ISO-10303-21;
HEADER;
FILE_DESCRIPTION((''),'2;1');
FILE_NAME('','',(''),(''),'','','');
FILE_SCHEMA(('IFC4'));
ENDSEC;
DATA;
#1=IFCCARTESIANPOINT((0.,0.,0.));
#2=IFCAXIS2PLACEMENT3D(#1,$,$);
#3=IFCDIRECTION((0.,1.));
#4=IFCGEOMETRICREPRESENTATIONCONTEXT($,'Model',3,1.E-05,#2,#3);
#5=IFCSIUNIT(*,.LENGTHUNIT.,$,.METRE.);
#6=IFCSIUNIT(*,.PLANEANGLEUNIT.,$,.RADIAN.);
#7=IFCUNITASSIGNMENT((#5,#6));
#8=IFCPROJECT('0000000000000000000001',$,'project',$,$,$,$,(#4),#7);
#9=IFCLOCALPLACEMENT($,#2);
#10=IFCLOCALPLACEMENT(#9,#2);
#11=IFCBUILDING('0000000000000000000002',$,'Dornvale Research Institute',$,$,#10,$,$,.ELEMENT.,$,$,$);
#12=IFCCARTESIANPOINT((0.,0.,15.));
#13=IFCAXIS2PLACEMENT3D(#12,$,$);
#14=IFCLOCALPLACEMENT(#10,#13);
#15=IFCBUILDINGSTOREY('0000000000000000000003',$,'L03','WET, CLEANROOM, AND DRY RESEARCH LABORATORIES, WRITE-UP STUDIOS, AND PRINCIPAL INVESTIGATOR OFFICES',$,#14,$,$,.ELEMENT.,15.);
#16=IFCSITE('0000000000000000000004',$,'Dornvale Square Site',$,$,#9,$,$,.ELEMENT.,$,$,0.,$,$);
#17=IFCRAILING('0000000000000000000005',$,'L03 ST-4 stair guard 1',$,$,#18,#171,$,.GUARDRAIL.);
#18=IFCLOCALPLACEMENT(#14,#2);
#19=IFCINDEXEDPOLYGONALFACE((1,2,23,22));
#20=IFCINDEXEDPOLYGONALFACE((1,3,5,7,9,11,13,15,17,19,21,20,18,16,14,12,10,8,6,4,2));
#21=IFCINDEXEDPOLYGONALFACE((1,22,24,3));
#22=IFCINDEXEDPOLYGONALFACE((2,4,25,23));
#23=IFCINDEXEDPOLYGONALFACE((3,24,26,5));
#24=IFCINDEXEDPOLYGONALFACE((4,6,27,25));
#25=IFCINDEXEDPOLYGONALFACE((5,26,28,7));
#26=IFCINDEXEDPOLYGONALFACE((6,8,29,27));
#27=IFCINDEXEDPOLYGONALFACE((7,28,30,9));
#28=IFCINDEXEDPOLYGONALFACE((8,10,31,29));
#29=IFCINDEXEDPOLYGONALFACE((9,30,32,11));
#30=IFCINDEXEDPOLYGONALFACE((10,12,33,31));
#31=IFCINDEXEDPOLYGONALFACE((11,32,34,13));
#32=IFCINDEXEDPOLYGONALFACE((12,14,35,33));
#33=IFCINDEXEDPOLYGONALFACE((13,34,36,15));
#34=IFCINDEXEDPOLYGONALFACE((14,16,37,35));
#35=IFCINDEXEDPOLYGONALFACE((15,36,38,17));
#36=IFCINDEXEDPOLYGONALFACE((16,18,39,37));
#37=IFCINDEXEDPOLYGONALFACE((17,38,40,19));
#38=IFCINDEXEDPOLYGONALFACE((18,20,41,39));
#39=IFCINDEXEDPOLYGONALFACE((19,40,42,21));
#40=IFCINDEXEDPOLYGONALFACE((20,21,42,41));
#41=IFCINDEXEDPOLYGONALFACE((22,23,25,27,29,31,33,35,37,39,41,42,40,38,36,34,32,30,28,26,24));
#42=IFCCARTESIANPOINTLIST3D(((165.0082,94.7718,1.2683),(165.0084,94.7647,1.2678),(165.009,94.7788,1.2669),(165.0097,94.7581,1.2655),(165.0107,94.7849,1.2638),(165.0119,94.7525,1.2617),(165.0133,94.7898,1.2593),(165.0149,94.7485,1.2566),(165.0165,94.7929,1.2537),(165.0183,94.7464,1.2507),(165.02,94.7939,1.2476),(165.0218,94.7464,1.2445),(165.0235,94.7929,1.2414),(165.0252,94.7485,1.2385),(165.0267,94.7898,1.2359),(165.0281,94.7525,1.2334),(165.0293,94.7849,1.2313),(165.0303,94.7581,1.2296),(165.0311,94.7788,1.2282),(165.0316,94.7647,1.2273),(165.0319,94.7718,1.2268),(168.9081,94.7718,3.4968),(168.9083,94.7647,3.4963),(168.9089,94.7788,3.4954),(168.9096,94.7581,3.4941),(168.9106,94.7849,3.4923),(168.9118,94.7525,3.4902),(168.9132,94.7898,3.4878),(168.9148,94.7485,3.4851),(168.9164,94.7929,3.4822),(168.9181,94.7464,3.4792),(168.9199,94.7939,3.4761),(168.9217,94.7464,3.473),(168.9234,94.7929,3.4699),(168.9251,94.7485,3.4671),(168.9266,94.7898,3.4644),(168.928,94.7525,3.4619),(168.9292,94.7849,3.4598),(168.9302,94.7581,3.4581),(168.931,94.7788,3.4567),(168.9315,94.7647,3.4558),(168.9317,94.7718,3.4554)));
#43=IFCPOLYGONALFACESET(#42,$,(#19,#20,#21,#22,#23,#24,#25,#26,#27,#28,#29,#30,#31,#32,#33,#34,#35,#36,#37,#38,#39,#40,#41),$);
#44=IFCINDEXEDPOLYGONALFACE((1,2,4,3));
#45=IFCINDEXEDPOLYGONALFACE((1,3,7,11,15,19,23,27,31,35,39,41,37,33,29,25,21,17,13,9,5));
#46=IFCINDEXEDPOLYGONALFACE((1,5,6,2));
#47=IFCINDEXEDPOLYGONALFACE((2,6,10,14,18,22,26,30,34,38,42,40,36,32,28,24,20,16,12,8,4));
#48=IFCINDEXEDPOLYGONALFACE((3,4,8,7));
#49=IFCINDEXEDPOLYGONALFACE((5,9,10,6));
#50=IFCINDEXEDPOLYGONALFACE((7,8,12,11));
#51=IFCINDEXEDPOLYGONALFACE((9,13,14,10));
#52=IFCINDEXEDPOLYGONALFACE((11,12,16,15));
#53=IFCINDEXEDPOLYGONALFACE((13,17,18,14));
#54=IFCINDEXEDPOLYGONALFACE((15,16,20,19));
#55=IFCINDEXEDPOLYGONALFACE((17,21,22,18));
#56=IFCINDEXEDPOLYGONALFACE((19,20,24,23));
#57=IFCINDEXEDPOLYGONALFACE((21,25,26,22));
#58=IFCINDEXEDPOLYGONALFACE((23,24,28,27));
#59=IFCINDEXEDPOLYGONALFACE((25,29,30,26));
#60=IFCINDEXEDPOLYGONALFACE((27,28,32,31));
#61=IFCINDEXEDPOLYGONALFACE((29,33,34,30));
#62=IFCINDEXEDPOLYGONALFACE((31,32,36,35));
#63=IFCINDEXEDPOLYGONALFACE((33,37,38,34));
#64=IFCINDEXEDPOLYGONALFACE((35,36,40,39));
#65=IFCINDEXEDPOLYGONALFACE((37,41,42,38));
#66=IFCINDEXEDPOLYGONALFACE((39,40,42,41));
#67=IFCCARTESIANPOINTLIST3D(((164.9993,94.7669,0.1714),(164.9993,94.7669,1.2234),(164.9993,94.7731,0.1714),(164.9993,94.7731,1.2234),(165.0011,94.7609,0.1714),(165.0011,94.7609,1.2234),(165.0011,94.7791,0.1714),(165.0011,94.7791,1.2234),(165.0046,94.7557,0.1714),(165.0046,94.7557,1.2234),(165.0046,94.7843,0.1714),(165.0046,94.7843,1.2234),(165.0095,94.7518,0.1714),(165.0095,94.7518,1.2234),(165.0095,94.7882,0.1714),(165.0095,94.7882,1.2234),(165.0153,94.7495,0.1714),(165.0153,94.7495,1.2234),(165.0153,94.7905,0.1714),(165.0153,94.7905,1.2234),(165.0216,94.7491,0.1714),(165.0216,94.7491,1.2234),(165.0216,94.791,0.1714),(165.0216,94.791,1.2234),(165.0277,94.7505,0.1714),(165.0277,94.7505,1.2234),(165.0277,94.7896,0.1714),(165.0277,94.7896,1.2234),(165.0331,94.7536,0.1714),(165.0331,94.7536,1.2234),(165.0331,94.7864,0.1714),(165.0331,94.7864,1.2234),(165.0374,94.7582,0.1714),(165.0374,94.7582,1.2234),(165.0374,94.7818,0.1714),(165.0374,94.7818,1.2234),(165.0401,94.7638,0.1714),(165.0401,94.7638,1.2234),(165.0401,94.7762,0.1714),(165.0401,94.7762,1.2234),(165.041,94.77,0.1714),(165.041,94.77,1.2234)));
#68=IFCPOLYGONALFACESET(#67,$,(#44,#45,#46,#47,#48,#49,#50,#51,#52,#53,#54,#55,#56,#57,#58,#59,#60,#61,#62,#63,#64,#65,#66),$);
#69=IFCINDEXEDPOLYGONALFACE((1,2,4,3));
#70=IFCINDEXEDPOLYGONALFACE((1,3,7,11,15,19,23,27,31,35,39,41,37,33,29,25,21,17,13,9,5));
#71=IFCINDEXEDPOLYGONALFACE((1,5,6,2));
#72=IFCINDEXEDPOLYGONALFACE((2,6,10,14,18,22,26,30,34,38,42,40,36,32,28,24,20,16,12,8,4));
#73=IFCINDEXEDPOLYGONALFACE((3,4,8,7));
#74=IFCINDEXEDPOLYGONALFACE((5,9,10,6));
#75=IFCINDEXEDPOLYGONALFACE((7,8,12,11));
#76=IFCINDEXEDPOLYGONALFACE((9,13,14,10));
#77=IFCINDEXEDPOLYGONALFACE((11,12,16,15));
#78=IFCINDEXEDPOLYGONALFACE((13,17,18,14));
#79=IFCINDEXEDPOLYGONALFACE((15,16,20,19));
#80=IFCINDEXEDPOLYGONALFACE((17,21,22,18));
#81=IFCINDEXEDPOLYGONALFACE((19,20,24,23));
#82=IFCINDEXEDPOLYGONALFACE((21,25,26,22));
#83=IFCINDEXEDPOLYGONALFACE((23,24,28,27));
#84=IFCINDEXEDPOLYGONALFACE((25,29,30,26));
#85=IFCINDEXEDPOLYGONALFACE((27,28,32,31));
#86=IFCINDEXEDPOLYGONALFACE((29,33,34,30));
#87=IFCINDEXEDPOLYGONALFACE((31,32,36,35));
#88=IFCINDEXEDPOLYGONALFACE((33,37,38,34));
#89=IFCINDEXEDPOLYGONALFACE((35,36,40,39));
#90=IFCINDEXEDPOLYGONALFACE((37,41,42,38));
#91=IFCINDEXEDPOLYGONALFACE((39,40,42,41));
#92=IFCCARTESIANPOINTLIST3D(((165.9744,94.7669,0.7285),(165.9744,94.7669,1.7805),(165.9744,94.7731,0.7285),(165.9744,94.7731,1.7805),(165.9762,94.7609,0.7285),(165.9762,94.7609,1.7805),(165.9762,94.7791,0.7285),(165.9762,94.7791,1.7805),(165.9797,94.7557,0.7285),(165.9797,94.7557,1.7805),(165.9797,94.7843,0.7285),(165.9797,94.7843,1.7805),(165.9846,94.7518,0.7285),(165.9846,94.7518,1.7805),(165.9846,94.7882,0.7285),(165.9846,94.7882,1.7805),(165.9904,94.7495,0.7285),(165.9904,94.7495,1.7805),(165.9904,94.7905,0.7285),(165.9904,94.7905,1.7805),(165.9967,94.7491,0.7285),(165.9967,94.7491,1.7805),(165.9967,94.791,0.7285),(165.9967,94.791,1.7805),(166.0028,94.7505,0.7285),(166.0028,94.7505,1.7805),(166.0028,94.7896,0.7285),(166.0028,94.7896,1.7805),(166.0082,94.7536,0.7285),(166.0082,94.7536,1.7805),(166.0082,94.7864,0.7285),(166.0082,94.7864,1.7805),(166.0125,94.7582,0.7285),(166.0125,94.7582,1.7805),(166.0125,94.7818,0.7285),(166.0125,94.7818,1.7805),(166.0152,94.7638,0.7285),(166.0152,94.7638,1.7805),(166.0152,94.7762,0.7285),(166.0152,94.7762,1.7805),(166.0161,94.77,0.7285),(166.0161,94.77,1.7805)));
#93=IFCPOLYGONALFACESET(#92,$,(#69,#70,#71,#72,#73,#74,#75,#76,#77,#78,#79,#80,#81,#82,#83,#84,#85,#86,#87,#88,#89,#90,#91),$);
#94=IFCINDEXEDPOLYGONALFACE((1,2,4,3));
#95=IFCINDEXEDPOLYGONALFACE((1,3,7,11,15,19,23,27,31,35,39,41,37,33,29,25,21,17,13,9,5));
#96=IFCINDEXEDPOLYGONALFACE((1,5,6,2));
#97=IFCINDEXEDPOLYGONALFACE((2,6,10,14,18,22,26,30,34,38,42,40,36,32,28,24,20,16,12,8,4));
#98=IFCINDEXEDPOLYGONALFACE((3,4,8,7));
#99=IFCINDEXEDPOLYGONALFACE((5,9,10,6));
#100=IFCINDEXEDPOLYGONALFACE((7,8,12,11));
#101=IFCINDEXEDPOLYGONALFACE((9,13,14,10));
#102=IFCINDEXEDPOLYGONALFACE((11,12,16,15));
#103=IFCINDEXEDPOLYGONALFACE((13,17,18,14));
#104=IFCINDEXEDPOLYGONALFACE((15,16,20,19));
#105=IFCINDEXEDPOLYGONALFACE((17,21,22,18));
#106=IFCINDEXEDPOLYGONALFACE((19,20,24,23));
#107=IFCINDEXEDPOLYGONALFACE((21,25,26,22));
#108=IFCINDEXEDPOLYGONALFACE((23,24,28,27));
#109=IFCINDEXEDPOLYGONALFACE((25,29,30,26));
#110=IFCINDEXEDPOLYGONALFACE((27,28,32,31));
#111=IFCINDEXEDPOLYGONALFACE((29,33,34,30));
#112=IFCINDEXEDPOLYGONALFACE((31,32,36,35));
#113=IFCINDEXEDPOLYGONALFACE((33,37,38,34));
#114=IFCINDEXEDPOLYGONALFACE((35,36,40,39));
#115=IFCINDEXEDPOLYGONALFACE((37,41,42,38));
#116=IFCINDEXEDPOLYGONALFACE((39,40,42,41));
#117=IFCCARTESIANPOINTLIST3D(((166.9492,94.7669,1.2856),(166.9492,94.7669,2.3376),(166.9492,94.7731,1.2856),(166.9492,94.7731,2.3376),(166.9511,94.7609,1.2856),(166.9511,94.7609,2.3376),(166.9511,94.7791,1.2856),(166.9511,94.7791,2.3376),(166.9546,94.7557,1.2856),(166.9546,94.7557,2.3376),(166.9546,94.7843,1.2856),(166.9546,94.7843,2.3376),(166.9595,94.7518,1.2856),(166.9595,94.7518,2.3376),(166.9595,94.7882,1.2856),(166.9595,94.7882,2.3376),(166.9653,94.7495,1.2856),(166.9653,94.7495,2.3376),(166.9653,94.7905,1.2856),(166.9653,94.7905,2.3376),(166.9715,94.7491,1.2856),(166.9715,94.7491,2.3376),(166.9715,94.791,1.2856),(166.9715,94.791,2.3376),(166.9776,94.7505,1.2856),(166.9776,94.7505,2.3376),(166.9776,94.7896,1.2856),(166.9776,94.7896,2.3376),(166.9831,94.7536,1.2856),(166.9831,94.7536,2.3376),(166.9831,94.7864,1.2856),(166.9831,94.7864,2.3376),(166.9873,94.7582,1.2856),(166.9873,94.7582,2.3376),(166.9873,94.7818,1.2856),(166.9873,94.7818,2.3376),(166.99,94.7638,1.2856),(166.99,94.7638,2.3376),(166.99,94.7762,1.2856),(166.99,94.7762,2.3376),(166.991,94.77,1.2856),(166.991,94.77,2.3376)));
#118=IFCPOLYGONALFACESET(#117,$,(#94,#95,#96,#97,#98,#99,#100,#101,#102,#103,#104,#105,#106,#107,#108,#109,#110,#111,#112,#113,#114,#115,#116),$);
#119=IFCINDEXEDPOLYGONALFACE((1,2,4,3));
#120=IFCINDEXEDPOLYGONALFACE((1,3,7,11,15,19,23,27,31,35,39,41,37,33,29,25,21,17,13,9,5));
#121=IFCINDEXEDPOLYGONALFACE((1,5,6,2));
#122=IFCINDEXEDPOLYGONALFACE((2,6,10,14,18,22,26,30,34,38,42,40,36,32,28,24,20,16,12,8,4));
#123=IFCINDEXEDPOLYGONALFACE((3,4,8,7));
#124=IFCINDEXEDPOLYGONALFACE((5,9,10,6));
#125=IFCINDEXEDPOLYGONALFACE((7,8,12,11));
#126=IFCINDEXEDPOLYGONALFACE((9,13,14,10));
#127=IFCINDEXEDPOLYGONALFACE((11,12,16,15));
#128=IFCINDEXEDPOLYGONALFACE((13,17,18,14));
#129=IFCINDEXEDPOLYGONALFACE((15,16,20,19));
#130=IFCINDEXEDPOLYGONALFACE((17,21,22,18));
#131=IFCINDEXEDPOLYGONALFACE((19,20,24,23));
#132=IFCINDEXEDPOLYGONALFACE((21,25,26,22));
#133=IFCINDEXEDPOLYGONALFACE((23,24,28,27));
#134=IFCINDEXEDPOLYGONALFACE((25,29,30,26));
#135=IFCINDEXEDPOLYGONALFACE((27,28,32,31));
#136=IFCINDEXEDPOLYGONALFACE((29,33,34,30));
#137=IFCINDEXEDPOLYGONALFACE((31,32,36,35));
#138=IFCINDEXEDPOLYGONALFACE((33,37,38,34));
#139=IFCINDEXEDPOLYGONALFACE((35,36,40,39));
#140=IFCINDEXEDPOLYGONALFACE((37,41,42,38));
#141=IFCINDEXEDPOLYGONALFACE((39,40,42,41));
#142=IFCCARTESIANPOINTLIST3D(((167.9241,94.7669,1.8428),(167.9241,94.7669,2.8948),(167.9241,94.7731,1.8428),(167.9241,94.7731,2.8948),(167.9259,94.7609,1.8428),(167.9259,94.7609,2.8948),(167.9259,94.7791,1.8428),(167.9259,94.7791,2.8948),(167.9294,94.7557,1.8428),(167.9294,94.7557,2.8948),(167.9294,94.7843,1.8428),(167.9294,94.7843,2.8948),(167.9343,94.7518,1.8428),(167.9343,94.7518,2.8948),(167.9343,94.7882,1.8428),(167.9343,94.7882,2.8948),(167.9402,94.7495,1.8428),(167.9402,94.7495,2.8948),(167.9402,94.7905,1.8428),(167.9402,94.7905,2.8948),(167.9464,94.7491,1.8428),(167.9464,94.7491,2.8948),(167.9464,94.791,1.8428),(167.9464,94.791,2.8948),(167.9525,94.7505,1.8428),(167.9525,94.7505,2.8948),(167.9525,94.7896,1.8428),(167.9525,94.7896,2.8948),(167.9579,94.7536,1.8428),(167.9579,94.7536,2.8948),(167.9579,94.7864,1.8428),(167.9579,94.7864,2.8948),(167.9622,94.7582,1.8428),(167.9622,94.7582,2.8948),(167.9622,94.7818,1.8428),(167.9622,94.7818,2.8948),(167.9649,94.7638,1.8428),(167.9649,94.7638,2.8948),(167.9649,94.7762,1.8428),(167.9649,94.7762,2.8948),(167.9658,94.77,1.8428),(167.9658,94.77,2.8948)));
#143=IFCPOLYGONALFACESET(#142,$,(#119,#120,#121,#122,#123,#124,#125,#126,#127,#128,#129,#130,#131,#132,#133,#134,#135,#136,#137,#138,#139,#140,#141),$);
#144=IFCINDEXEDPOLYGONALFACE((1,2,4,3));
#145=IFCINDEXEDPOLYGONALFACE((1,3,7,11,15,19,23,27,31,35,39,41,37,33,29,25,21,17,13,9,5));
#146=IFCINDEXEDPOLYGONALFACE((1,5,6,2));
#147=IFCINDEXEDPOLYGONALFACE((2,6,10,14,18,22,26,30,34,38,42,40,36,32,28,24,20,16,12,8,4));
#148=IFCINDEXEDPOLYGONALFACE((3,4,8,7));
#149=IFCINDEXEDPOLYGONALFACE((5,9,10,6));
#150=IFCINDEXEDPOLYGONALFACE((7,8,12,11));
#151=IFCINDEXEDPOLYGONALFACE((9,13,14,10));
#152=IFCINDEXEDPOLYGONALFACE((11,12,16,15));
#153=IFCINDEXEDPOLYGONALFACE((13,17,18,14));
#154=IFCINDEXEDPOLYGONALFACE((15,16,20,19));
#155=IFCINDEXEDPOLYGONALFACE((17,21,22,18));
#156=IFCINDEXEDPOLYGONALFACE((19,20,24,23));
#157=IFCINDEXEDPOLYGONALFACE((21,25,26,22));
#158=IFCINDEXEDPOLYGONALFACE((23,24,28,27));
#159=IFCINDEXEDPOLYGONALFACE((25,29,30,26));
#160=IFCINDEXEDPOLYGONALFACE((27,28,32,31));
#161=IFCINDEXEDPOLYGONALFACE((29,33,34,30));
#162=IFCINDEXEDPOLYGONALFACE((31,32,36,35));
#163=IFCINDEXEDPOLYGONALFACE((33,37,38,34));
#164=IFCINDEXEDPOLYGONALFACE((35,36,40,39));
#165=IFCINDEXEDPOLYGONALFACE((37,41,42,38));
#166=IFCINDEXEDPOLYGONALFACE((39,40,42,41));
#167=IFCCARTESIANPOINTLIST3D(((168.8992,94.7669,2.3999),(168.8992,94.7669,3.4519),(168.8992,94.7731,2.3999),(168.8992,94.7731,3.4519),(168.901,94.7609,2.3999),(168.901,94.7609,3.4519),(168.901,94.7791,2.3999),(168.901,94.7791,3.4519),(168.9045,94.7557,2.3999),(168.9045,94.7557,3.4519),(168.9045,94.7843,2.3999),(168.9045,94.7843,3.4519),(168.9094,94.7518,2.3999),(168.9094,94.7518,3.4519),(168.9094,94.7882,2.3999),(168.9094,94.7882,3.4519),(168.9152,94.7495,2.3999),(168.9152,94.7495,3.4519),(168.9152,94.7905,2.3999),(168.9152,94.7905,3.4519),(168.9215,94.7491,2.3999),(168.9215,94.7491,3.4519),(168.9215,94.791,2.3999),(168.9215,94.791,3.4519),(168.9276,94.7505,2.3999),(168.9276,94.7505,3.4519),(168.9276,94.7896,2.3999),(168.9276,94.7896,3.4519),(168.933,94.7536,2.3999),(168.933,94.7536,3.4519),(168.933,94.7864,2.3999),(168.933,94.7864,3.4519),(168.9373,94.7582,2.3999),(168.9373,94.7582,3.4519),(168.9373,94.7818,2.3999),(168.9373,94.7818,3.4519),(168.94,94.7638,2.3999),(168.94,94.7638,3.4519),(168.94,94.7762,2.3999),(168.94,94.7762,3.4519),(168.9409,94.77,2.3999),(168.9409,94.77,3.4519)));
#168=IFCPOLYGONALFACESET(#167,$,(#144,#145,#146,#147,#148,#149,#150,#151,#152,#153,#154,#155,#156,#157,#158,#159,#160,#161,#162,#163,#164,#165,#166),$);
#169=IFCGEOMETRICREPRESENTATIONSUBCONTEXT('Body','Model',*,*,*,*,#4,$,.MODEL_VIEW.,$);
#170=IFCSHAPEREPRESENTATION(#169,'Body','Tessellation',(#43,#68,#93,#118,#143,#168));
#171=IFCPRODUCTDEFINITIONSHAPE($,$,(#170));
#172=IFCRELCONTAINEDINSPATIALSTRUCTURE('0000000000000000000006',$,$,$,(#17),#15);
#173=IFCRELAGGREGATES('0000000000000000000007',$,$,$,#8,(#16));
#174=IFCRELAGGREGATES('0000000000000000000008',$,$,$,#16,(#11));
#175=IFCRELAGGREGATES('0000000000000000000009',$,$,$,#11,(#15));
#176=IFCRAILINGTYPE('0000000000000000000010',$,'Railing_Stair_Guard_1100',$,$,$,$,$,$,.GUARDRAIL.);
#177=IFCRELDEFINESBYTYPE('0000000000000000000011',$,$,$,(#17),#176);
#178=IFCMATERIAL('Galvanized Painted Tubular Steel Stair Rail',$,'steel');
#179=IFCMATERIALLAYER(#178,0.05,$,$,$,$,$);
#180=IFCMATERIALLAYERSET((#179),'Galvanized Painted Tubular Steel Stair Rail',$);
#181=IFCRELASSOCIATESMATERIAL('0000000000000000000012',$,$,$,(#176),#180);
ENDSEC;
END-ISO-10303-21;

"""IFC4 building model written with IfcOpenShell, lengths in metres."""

from ifc_helpers import new_model, si_unit, direction, frame, origin, origin_2d, place, context, subcontext, project, spatial, circle, extrude, material, layer, layer_set, type_object, element, save


model = new_model("IFC4")

# Units and contexts
model_context = context("Model", 3, precision=1e-05, world=origin(), true_north=direction((0.0, 1.0)))
body_context = subcontext(model_context, "Body", "Model", "MODEL_VIEW")
ifc_project = project(units=[si_unit("LENGTHUNIT", "METRE"), si_unit("PLANEANGLEUNIT", "RADIAN")], contexts=[model_context])

# Site, building, storey
site_placement = place(None, origin())
site = spatial("IfcSite", under=ifc_project, at=site_placement, Name="Dornvale Square Site", CompositionType="ELEMENT", RefElevation=0.0)
building_placement = place(site_placement, origin())
building = spatial("IfcBuilding", under=site, at=building_placement, Name="Dornvale Research Institute", CompositionType="ELEMENT")
storey_placement = place(building_placement, frame((0.0, 0.0, 15.0)))
storey = spatial("IfcBuildingStorey", under=building, at=storey_placement, Name="L03", Description="WET, CLEANROOM, AND DRY RESEARCH LABORATORIES, WRITE-UP STUDIOS, AND PRINCIPAL INVESTIGATOR OFFICES", CompositionType="ELEMENT", Elevation=15.0)

# Railing
ifc_material_1 = material(Name="Galvanized Painted Tubular Steel Stair Rail", Category="steel")
ifc_layer_1 = layer(ifc_material_1, 0.05)
ifc_layer_set_1 = layer_set([ifc_layer_1], Name="Galvanized Painted Tubular Steel Stair Rail")
railing_type_1 = type_object("IfcRailingType", Name="Railing_Stair_Guard_1100", PredefinedType="GUARDRAIL", material=ifc_layer_set_1)
railing_1_placement = place(storey_placement, frame((165.02, 94.77, 0.1714)))
element("IfcRailing", 1, at=railing_1_placement, inside=storey, type_object=railing_type_1, Name="L03 ST-4 stair guard 1", PredefinedType="GUARDRAIL", context=body_context, shape_type="SweptSolid", body=[
    extrude(circle(Radius=0.0239, at=origin_2d()), frame((0.0, 0.0, 1.0762), z_axis=(0.868243, 0.0, 0.496139), x_axis=(0.0, 1.0, 0.0)), (0.0, 0.0, 1.0), 4.4917),
    extrude(circle(Radius=0.021, at=origin_2d()), origin(), (0.0, 0.0, 1.0), 1.052),
    extrude(circle(Radius=0.021, at=origin_2d()), frame((0.9751, 0.0, 0.5571)), (0.0, 0.0, 1.0), 1.052),
    extrude(circle(Radius=0.021, at=origin_2d()), frame((1.95, 0.0, 1.1143)), (0.0, 0.0, 1.0), 1.052),
    extrude(circle(Radius=0.021, at=origin_2d()), frame((2.9248, 0.0, 1.6714)), (0.0, 0.0, 1.0), 1.052),
    extrude(circle(Radius=0.021, at=origin_2d()), frame((3.8999, 0.0, 2.2285)), (0.0, 0.0, 1.0), 1.052),
])

save(model, "model.ifc")
